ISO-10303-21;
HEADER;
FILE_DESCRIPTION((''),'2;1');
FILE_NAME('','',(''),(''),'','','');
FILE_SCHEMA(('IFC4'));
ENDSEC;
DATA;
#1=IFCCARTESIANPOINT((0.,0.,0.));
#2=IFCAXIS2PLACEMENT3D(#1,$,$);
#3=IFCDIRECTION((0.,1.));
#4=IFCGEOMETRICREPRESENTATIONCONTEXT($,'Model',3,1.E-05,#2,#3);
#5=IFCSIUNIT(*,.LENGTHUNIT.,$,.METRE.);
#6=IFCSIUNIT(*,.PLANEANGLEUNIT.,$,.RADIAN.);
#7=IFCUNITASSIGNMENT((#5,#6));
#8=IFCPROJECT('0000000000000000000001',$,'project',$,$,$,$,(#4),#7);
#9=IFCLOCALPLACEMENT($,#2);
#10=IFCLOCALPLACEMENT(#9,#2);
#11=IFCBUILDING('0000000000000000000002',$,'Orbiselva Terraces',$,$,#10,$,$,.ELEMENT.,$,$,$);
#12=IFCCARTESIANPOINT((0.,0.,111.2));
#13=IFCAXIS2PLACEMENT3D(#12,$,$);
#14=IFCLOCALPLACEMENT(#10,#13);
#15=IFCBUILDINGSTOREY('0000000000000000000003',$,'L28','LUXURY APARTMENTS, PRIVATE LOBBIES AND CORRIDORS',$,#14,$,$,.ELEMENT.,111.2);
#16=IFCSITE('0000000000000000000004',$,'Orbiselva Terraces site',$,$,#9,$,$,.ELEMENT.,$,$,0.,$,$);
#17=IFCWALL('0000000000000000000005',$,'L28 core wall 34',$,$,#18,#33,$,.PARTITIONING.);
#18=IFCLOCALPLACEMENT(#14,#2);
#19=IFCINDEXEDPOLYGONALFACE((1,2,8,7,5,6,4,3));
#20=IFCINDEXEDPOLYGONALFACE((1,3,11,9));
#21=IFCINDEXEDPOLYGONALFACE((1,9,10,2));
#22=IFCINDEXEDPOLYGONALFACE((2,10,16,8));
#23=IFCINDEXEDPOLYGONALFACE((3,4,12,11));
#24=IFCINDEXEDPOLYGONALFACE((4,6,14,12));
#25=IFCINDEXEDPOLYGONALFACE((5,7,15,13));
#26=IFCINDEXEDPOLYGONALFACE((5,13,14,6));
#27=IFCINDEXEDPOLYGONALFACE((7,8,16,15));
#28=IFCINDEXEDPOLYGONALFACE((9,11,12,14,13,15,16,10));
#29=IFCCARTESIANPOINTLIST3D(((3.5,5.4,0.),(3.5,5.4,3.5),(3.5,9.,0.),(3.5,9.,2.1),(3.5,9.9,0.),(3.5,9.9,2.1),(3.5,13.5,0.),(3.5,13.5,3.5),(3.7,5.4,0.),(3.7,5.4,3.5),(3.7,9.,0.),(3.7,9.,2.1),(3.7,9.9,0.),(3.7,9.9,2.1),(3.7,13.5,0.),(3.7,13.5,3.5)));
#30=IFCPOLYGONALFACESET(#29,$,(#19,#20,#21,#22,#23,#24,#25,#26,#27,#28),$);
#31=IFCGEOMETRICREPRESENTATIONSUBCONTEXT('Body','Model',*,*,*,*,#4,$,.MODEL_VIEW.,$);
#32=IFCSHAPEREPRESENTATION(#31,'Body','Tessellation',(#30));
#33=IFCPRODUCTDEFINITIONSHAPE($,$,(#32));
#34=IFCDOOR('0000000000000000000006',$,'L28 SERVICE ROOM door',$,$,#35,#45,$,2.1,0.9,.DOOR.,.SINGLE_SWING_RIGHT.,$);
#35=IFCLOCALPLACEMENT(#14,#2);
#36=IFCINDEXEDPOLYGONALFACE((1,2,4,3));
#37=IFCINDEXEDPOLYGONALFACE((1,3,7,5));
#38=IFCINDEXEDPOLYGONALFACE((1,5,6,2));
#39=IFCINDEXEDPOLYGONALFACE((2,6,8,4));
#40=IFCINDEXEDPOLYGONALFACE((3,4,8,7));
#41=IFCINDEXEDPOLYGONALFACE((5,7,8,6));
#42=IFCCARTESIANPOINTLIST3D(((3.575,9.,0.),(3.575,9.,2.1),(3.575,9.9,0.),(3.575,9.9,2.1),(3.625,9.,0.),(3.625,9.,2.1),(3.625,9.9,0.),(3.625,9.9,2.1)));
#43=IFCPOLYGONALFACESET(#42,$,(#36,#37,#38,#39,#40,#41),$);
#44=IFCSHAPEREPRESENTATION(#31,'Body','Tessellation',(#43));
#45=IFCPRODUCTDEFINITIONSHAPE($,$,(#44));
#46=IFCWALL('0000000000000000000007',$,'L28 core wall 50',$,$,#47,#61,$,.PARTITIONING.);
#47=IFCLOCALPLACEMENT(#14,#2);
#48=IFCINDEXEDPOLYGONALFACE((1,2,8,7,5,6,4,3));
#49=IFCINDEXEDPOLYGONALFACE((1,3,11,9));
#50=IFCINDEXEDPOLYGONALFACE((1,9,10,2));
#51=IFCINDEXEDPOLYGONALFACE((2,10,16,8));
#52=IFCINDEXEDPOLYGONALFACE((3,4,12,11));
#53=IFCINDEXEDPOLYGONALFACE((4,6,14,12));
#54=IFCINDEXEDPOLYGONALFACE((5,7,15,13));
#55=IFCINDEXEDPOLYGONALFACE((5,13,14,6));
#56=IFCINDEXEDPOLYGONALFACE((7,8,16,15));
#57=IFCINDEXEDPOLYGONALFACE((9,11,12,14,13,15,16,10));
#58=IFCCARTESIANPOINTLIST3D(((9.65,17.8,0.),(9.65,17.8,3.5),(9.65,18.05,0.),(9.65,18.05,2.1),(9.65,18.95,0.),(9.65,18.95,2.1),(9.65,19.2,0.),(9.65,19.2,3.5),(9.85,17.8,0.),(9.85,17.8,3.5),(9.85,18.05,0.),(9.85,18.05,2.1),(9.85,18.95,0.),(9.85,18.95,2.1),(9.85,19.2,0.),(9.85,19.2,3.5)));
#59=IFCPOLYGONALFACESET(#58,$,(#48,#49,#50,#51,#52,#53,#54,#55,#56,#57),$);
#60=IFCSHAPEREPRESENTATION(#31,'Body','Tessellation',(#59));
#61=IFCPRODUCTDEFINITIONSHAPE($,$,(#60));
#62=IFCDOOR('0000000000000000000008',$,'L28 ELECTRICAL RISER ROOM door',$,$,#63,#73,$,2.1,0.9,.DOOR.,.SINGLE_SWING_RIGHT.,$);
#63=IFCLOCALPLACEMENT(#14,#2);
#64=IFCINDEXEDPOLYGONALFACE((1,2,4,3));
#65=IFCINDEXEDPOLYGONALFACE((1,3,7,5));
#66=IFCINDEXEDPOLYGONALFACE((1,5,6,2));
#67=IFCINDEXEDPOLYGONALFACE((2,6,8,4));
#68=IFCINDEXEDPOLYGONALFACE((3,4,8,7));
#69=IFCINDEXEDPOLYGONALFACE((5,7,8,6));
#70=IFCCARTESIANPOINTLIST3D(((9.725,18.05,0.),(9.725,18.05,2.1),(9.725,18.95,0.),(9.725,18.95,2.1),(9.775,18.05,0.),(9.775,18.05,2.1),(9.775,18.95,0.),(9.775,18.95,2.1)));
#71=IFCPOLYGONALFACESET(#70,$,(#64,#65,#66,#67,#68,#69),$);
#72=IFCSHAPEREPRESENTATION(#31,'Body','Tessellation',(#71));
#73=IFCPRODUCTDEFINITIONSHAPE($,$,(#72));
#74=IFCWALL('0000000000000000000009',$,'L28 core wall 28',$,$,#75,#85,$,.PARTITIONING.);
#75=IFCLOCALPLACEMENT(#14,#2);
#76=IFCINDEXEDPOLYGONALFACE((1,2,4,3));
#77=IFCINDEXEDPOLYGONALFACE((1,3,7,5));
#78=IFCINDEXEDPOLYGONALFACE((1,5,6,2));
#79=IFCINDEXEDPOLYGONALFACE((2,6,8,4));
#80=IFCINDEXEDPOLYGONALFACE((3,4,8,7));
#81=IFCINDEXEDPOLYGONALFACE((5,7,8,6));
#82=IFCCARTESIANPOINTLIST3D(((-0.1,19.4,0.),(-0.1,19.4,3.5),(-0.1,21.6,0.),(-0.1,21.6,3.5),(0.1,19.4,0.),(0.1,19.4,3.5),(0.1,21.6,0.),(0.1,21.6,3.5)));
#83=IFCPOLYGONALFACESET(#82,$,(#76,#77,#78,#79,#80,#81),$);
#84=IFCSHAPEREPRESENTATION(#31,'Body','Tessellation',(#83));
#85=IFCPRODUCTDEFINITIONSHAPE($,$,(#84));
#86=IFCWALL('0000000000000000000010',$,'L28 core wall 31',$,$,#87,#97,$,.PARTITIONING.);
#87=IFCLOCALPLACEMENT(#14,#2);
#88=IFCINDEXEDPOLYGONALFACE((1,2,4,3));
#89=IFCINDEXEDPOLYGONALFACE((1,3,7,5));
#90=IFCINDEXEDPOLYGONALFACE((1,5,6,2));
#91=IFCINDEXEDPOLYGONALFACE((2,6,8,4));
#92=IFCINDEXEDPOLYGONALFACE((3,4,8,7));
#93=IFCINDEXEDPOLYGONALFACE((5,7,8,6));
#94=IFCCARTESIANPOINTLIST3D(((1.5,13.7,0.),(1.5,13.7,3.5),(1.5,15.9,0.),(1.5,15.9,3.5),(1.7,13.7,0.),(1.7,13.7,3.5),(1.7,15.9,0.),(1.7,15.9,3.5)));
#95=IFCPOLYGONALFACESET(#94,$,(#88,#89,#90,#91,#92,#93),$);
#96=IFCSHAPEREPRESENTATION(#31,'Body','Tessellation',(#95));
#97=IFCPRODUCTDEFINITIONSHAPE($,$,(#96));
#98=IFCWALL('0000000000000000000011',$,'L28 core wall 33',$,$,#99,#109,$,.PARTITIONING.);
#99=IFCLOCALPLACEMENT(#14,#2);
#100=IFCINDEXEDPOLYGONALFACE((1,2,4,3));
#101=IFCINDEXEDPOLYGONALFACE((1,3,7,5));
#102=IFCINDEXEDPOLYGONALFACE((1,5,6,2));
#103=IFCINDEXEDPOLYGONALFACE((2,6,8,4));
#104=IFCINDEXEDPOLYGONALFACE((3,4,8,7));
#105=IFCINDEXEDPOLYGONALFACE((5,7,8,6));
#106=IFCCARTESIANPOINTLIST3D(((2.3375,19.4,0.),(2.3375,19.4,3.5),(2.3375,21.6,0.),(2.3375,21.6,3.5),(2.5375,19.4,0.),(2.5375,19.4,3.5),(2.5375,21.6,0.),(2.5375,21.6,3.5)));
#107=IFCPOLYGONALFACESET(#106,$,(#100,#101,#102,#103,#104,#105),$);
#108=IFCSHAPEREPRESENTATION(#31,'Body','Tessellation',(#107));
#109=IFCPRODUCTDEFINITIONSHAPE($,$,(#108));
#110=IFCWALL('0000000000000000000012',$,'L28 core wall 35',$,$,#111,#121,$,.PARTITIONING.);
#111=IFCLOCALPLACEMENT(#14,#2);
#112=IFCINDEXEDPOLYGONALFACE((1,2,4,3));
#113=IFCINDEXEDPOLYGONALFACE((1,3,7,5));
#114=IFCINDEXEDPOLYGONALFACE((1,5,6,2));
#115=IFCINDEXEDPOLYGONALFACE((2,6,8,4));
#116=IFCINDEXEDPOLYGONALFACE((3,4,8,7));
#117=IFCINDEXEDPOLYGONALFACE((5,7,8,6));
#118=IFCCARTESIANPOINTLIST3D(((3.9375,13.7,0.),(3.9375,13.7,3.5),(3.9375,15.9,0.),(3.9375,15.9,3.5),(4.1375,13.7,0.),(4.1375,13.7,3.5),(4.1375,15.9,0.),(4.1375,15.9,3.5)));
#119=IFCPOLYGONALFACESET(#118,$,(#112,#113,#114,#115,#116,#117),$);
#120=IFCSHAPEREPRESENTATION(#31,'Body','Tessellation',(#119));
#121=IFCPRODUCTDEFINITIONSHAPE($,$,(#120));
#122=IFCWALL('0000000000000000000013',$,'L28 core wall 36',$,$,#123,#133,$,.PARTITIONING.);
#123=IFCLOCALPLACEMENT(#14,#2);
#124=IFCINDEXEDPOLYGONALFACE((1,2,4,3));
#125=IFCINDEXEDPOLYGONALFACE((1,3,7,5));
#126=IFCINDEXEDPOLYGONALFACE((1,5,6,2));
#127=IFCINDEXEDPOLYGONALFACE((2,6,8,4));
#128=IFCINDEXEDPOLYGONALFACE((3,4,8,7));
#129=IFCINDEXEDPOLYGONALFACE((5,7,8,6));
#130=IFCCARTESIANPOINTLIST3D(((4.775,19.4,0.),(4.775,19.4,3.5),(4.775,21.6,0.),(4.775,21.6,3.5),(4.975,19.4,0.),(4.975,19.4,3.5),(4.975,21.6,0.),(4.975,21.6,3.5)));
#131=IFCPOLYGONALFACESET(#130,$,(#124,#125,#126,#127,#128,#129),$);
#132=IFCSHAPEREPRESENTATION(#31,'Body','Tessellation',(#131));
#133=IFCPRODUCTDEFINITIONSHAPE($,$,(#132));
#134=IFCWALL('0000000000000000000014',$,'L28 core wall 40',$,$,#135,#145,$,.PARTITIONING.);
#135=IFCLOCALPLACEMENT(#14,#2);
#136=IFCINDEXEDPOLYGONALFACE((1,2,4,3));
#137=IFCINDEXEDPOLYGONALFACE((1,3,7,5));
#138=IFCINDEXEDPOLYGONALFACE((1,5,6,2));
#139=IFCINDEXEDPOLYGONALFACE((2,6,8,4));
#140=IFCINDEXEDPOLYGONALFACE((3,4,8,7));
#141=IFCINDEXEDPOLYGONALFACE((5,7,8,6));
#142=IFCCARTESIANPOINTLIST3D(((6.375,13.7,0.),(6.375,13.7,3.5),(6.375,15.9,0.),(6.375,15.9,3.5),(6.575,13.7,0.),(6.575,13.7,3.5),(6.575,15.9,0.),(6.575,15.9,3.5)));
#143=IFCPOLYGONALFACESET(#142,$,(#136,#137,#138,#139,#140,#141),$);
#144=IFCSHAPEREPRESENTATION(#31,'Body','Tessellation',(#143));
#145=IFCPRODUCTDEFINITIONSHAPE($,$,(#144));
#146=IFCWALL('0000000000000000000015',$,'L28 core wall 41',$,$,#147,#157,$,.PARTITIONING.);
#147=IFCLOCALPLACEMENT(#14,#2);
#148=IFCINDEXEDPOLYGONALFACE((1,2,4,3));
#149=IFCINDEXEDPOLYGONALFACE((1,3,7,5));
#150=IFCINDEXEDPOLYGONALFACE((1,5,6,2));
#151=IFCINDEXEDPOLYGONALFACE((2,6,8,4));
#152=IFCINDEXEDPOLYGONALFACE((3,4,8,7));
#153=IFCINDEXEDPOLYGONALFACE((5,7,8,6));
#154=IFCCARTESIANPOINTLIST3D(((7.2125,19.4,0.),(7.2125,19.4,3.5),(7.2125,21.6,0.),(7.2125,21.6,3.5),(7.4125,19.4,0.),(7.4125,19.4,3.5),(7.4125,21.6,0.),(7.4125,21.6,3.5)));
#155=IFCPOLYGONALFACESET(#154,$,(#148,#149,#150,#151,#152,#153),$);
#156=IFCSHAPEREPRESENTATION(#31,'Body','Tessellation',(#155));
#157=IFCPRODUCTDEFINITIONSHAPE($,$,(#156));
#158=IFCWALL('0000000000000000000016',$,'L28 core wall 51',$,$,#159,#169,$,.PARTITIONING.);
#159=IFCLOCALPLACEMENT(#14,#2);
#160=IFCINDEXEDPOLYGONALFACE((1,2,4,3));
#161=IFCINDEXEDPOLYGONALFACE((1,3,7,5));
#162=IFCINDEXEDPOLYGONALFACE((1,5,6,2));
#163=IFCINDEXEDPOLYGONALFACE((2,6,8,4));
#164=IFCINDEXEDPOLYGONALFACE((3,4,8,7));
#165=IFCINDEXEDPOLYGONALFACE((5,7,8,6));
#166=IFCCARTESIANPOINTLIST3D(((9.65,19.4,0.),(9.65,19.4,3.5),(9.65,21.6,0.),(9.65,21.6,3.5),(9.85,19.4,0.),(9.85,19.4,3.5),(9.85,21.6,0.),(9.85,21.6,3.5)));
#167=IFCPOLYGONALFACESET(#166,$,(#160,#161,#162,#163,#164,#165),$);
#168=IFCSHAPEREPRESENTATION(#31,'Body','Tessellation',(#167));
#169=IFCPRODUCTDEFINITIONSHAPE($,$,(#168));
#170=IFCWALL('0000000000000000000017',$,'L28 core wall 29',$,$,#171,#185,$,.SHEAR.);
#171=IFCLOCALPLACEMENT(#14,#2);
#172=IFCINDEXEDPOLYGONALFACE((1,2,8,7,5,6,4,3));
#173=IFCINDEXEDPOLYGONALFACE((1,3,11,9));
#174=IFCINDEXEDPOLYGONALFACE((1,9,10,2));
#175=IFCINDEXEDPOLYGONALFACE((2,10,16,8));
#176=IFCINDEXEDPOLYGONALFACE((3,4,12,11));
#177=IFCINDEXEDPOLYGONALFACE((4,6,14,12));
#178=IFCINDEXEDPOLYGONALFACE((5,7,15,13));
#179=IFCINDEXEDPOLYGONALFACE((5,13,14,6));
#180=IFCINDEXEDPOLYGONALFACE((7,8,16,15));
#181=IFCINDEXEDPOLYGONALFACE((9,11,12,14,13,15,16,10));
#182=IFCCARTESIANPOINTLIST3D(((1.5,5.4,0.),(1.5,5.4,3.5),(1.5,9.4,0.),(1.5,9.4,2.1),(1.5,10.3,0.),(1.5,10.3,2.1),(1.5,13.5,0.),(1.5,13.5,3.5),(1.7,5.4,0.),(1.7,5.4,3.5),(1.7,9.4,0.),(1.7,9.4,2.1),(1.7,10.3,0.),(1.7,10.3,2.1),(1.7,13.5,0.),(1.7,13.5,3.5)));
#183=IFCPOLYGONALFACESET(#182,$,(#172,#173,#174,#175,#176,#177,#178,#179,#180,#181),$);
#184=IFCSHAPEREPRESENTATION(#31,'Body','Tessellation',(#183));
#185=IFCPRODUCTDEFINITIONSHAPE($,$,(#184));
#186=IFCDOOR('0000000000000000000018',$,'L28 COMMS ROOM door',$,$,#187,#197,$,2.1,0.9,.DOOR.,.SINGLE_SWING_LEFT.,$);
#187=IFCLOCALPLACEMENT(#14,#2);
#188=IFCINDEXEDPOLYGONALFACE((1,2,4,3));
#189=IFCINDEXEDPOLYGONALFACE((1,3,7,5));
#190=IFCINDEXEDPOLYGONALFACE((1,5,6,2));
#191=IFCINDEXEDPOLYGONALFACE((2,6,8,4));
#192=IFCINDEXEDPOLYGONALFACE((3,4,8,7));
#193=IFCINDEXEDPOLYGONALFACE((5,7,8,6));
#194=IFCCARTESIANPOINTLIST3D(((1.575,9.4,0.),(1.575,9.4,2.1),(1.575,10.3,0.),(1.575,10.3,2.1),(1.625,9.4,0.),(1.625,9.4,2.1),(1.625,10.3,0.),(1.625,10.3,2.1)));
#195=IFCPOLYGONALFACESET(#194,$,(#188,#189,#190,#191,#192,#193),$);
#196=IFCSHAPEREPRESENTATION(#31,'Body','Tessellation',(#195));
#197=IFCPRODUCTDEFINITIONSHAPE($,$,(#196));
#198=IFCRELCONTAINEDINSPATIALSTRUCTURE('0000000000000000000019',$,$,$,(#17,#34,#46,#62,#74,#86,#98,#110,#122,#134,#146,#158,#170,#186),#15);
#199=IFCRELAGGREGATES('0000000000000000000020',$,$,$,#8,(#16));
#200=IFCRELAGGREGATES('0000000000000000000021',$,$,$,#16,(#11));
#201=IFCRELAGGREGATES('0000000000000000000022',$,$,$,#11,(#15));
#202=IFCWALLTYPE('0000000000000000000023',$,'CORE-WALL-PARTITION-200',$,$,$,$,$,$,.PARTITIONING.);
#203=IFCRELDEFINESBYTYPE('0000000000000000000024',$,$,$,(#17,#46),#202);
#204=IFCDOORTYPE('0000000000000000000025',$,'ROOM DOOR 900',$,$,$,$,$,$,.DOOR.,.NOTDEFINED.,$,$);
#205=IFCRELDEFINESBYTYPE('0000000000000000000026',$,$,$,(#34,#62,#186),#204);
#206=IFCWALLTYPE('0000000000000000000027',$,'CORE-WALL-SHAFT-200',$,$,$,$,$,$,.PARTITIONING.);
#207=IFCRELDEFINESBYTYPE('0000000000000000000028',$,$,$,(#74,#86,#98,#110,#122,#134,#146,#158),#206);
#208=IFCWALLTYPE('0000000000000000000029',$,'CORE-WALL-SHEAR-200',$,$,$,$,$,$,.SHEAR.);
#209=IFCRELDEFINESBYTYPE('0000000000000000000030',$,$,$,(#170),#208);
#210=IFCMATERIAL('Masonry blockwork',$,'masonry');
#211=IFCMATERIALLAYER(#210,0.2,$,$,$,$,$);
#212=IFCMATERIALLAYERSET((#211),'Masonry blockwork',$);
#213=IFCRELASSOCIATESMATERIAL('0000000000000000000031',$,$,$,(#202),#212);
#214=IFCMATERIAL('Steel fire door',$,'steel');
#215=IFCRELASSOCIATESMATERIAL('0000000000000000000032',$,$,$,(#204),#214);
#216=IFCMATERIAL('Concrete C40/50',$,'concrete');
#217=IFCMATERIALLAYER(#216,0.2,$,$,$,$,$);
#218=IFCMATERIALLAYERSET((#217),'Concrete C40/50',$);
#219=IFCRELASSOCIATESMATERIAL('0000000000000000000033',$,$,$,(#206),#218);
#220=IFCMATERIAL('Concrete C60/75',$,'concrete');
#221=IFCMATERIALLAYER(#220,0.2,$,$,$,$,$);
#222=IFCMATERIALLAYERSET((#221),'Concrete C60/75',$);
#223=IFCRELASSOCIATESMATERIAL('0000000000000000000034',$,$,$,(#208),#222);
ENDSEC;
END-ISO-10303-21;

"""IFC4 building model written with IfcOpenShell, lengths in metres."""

from ifc_helpers import new_model, si_unit, direction, frame, frame_2d, origin, place, context, subcontext, project, spatial, rectangle, extrude, material, layer, layer_set, type_object, element, fill, save


model = new_model("IFC4")

# Units and contexts
model_context = context("Model", 3, precision=1e-05, world=origin(), true_north=direction((0.0, 1.0)))
body_context = subcontext(model_context, "Body", "Model", "MODEL_VIEW")
ifc_project = project(units=[si_unit("LENGTHUNIT", "METRE"), si_unit("PLANEANGLEUNIT", "RADIAN")], contexts=[model_context])

# Site, building, storey
site_placement = place(None, origin())
site = spatial("IfcSite", under=ifc_project, at=site_placement, Name="Orbiselva Terraces site", CompositionType="ELEMENT", RefElevation=0.0)
building_placement = place(site_placement, origin())
building = spatial("IfcBuilding", under=site, at=building_placement, Name="Orbiselva Terraces", CompositionType="ELEMENT")
storey_placement = place(building_placement, frame((0.0, 0.0, 111.2)))
storey = spatial("IfcBuildingStorey", under=building, at=storey_placement, Name="L28", Description="LUXURY APARTMENTS, PRIVATE LOBBIES AND CORRIDORS", CompositionType="ELEMENT", Elevation=111.2)

# Walls, openings, doors
ifc_material_1 = material(Name="Masonry blockwork", Category="masonry")
ifc_layer_1 = layer(ifc_material_1, 0.2)
ifc_layer_set_1 = layer_set([ifc_layer_1], Name="Masonry blockwork")
wall_type_1 = type_object("IfcWallType", Name="CORE-WALL-PARTITION-200", PredefinedType="PARTITIONING", material=ifc_layer_set_1)
wall_1_placement = place(storey_placement, frame((3.6, 13.5, 0.0), z_axis=(0.0, 0.0, 1.0), x_axis=(0.0, -1.0, 0.0)))
wall_1 = element("IfcWall", 1, at=wall_1_placement, inside=storey, type_object=wall_type_1, Name="L28 core wall 34", PredefinedType="PARTITIONING", context=body_context, shape_type="SweptSolid", body=[
    extrude(rectangle(XDim=8.1, YDim=0.2, at=frame_2d((4.05, 0.0))), origin(), (0.0, 0.0, 1.0), 3.5),
])
opening_1_placement = place(wall_1_placement, frame((3.6, 0.0, 0.0)))
opening_1 = element("IfcOpeningElement", 2, at=opening_1_placement, cuts=wall_1, PredefinedType="OPENING", context=body_context, shape_type="SweptSolid", body=[
    extrude(rectangle(XDim=0.9, YDim=2.1, at=frame_2d((0.45, 1.05))), frame((0.0, 0.11, 0.0), z_axis=(0.0, -1.0, 0.0), x_axis=(1.0, 0.0, 0.0)), (0.0, 0.0, 1.0), 0.22),
])
ifc_material_2 = material(Name="Steel fire door", Category="steel")
door_type = type_object("IfcDoorType", Name="ROOM DOOR 900", OperationType="NOTDEFINED", PredefinedType="DOOR", material=ifc_material_2)
door_1_placement = place(opening_1_placement, origin())
door_1 = element("IfcDoor", 3, at=door_1_placement, inside=storey, type_object=door_type, Name="L28 SERVICE ROOM door", OperationType="SINGLE_SWING_RIGHT", OverallHeight=2.1, OverallWidth=0.9, PredefinedType="DOOR", context=body_context, shape_type="SweptSolid", body=[
    extrude(rectangle(XDim=0.9, YDim=2.1, at=frame_2d((0.45, 1.05))), frame((0.0, 0.025, 0.0), z_axis=(0.0, -1.0, 0.0), x_axis=(1.0, 0.0, 0.0)), (0.0, 0.0, 1.0), 0.05),
])
fill(opening_1, door_1)
wall_2_placement = place(storey_placement, frame((9.75, 19.2, 0.0), z_axis=(0.0, 0.0, 1.0), x_axis=(0.0, -1.0, 0.0)))
wall_2 = element("IfcWall", 4, at=wall_2_placement, inside=storey, type_object=wall_type_1, Name="L28 core wall 50", PredefinedType="PARTITIONING", context=body_context, shape_type="SweptSolid", body=[
    extrude(rectangle(XDim=1.4, YDim=0.2, at=frame_2d((0.7, 0.0))), origin(), (0.0, 0.0, 1.0), 3.5),
])
opening_2_placement = place(wall_2_placement, frame((0.25, 0.0, 0.0)))
opening_2 = element("IfcOpeningElement", 5, at=opening_2_placement, cuts=wall_2, PredefinedType="OPENING", context=body_context, shape_type="SweptSolid", body=[
    extrude(rectangle(XDim=0.9, YDim=2.1, at=frame_2d((0.45, 1.05))), frame((0.0, 0.11, 0.0), z_axis=(0.0, -1.0, 0.0), x_axis=(1.0, 0.0, 0.0)), (0.0, 0.0, 1.0), 0.22),
])
door_2_placement = place(opening_2_placement, origin())
door_2 = element("IfcDoor", 6, at=door_2_placement, inside=storey, type_object=door_type, Name="L28 ELECTRICAL RISER ROOM door", OperationType="SINGLE_SWING_RIGHT", OverallHeight=2.1, OverallWidth=0.9, PredefinedType="DOOR", context=body_context, shape_type="SweptSolid", body=[
    extrude(rectangle(XDim=0.9, YDim=2.1, at=frame_2d((0.45, 1.05))), frame((0.0, 0.025, 0.0), z_axis=(0.0, -1.0, 0.0), x_axis=(1.0, 0.0, 0.0)), (0.0, 0.0, 1.0), 0.05),
])
fill(opening_2, door_2)

# Walls
ifc_material_3 = material(Name="Concrete C40/50", Category="concrete")
ifc_layer_2 = layer(ifc_material_3, 0.2)
ifc_layer_set_2 = layer_set([ifc_layer_2], Name="Concrete C40/50")
wall_type_2 = type_object("IfcWallType", Name="CORE-WALL-SHAFT-200", PredefinedType="PARTITIONING", material=ifc_layer_set_2)
for number, where, z_axis, x_axis, name in (
    (7, (0.0, 19.4, 0.0), (0.0, 0.0, 1.0), (0.0, 1.0, 0.0), "L28 core wall 28"),
    (8, (1.6, 13.7, 0.0), (0.0, 0.0, 1.0), (0.0, 1.0, 0.0), "L28 core wall 31"),
    (9, (2.4375, 19.4, 0.0), (0.0, 0.0, 1.0), (0.0, 1.0, 0.0), "L28 core wall 33"),
    (10, (4.0375, 13.7, 0.0), (0.0, 0.0, 1.0), (0.0, 1.0, 0.0), "L28 core wall 35"),
    (11, (4.875, 19.4, 0.0), (0.0, 0.0, 1.0), (0.0, 1.0, 0.0), "L28 core wall 36"),
    (12, (6.475, 13.7, 0.0), (0.0, 0.0, 1.0), (0.0, 1.0, 0.0), "L28 core wall 40"),
    (13, (7.3125, 19.4, 0.0), (0.0, 0.0, 1.0), (0.0, 1.0, 0.0), "L28 core wall 41"),
    (14, (9.75, 19.4, 0.0), (0.0, 0.0, 1.0), (0.0, 1.0, 0.0), "L28 core wall 51"),
):
    element("IfcWall", number, at=place(storey_placement, frame(where, z_axis=z_axis, x_axis=x_axis)), inside=storey, type_object=wall_type_2, Name=name, PredefinedType="PARTITIONING", context=body_context, shape_type="SweptSolid", body=[
        extrude(rectangle(XDim=2.2, YDim=0.2, at=frame_2d((1.1, 0.0))), origin(), (0.0, 0.0, 1.0), 3.5),
    ])

# Wall, opening, door
ifc_material_4 = material(Name="Concrete C60/75", Category="concrete")
ifc_layer_3 = layer(ifc_material_4, 0.2)
ifc_layer_set_3 = layer_set([ifc_layer_3], Name="Concrete C60/75")
wall_type_3 = type_object("IfcWallType", Name="CORE-WALL-SHEAR-200", PredefinedType="SHEAR", material=ifc_layer_set_3)
wall_3_placement = place(storey_placement, frame((1.6, 13.5, 0.0), z_axis=(0.0, 0.0, 1.0), x_axis=(0.0, -1.0, 0.0)))
wall_3 = element("IfcWall", 15, at=wall_3_placement, inside=storey, type_object=wall_type_3, Name="L28 core wall 29", PredefinedType="SHEAR", context=body_context, shape_type="SweptSolid", body=[
    extrude(rectangle(XDim=8.1, YDim=0.2, at=frame_2d((4.05, 0.0))), origin(), (0.0, 0.0, 1.0), 3.5),
])
opening_3_placement = place(wall_3_placement, frame((3.2, 0.0, 0.0)))
opening_3 = element("IfcOpeningElement", 16, at=opening_3_placement, cuts=wall_3, PredefinedType="OPENING", context=body_context, shape_type="SweptSolid", body=[
    extrude(rectangle(XDim=0.9, YDim=2.1, at=frame_2d((0.45, 1.05))), frame((0.0, 0.11, 0.0), z_axis=(0.0, -1.0, 0.0), x_axis=(1.0, 0.0, 0.0)), (0.0, 0.0, 1.0), 0.22),
])
door_3_placement = place(opening_3_placement, origin())
door_3 = element("IfcDoor", 17, at=door_3_placement, inside=storey, type_object=door_type, Name="L28 COMMS ROOM door", OperationType="SINGLE_SWING_LEFT", OverallHeight=2.1, OverallWidth=0.9, PredefinedType="DOOR", context=body_context, shape_type="SweptSolid", body=[
    extrude(rectangle(XDim=0.9, YDim=2.1, at=frame_2d((0.45, 1.05))), frame((0.0, 0.025, 0.0), z_axis=(0.0, -1.0, 0.0), x_axis=(1.0, 0.0, 0.0)), (0.0, 0.0, 1.0), 0.05),
])
fill(opening_3, door_3)

save(model, "model.ifc")
